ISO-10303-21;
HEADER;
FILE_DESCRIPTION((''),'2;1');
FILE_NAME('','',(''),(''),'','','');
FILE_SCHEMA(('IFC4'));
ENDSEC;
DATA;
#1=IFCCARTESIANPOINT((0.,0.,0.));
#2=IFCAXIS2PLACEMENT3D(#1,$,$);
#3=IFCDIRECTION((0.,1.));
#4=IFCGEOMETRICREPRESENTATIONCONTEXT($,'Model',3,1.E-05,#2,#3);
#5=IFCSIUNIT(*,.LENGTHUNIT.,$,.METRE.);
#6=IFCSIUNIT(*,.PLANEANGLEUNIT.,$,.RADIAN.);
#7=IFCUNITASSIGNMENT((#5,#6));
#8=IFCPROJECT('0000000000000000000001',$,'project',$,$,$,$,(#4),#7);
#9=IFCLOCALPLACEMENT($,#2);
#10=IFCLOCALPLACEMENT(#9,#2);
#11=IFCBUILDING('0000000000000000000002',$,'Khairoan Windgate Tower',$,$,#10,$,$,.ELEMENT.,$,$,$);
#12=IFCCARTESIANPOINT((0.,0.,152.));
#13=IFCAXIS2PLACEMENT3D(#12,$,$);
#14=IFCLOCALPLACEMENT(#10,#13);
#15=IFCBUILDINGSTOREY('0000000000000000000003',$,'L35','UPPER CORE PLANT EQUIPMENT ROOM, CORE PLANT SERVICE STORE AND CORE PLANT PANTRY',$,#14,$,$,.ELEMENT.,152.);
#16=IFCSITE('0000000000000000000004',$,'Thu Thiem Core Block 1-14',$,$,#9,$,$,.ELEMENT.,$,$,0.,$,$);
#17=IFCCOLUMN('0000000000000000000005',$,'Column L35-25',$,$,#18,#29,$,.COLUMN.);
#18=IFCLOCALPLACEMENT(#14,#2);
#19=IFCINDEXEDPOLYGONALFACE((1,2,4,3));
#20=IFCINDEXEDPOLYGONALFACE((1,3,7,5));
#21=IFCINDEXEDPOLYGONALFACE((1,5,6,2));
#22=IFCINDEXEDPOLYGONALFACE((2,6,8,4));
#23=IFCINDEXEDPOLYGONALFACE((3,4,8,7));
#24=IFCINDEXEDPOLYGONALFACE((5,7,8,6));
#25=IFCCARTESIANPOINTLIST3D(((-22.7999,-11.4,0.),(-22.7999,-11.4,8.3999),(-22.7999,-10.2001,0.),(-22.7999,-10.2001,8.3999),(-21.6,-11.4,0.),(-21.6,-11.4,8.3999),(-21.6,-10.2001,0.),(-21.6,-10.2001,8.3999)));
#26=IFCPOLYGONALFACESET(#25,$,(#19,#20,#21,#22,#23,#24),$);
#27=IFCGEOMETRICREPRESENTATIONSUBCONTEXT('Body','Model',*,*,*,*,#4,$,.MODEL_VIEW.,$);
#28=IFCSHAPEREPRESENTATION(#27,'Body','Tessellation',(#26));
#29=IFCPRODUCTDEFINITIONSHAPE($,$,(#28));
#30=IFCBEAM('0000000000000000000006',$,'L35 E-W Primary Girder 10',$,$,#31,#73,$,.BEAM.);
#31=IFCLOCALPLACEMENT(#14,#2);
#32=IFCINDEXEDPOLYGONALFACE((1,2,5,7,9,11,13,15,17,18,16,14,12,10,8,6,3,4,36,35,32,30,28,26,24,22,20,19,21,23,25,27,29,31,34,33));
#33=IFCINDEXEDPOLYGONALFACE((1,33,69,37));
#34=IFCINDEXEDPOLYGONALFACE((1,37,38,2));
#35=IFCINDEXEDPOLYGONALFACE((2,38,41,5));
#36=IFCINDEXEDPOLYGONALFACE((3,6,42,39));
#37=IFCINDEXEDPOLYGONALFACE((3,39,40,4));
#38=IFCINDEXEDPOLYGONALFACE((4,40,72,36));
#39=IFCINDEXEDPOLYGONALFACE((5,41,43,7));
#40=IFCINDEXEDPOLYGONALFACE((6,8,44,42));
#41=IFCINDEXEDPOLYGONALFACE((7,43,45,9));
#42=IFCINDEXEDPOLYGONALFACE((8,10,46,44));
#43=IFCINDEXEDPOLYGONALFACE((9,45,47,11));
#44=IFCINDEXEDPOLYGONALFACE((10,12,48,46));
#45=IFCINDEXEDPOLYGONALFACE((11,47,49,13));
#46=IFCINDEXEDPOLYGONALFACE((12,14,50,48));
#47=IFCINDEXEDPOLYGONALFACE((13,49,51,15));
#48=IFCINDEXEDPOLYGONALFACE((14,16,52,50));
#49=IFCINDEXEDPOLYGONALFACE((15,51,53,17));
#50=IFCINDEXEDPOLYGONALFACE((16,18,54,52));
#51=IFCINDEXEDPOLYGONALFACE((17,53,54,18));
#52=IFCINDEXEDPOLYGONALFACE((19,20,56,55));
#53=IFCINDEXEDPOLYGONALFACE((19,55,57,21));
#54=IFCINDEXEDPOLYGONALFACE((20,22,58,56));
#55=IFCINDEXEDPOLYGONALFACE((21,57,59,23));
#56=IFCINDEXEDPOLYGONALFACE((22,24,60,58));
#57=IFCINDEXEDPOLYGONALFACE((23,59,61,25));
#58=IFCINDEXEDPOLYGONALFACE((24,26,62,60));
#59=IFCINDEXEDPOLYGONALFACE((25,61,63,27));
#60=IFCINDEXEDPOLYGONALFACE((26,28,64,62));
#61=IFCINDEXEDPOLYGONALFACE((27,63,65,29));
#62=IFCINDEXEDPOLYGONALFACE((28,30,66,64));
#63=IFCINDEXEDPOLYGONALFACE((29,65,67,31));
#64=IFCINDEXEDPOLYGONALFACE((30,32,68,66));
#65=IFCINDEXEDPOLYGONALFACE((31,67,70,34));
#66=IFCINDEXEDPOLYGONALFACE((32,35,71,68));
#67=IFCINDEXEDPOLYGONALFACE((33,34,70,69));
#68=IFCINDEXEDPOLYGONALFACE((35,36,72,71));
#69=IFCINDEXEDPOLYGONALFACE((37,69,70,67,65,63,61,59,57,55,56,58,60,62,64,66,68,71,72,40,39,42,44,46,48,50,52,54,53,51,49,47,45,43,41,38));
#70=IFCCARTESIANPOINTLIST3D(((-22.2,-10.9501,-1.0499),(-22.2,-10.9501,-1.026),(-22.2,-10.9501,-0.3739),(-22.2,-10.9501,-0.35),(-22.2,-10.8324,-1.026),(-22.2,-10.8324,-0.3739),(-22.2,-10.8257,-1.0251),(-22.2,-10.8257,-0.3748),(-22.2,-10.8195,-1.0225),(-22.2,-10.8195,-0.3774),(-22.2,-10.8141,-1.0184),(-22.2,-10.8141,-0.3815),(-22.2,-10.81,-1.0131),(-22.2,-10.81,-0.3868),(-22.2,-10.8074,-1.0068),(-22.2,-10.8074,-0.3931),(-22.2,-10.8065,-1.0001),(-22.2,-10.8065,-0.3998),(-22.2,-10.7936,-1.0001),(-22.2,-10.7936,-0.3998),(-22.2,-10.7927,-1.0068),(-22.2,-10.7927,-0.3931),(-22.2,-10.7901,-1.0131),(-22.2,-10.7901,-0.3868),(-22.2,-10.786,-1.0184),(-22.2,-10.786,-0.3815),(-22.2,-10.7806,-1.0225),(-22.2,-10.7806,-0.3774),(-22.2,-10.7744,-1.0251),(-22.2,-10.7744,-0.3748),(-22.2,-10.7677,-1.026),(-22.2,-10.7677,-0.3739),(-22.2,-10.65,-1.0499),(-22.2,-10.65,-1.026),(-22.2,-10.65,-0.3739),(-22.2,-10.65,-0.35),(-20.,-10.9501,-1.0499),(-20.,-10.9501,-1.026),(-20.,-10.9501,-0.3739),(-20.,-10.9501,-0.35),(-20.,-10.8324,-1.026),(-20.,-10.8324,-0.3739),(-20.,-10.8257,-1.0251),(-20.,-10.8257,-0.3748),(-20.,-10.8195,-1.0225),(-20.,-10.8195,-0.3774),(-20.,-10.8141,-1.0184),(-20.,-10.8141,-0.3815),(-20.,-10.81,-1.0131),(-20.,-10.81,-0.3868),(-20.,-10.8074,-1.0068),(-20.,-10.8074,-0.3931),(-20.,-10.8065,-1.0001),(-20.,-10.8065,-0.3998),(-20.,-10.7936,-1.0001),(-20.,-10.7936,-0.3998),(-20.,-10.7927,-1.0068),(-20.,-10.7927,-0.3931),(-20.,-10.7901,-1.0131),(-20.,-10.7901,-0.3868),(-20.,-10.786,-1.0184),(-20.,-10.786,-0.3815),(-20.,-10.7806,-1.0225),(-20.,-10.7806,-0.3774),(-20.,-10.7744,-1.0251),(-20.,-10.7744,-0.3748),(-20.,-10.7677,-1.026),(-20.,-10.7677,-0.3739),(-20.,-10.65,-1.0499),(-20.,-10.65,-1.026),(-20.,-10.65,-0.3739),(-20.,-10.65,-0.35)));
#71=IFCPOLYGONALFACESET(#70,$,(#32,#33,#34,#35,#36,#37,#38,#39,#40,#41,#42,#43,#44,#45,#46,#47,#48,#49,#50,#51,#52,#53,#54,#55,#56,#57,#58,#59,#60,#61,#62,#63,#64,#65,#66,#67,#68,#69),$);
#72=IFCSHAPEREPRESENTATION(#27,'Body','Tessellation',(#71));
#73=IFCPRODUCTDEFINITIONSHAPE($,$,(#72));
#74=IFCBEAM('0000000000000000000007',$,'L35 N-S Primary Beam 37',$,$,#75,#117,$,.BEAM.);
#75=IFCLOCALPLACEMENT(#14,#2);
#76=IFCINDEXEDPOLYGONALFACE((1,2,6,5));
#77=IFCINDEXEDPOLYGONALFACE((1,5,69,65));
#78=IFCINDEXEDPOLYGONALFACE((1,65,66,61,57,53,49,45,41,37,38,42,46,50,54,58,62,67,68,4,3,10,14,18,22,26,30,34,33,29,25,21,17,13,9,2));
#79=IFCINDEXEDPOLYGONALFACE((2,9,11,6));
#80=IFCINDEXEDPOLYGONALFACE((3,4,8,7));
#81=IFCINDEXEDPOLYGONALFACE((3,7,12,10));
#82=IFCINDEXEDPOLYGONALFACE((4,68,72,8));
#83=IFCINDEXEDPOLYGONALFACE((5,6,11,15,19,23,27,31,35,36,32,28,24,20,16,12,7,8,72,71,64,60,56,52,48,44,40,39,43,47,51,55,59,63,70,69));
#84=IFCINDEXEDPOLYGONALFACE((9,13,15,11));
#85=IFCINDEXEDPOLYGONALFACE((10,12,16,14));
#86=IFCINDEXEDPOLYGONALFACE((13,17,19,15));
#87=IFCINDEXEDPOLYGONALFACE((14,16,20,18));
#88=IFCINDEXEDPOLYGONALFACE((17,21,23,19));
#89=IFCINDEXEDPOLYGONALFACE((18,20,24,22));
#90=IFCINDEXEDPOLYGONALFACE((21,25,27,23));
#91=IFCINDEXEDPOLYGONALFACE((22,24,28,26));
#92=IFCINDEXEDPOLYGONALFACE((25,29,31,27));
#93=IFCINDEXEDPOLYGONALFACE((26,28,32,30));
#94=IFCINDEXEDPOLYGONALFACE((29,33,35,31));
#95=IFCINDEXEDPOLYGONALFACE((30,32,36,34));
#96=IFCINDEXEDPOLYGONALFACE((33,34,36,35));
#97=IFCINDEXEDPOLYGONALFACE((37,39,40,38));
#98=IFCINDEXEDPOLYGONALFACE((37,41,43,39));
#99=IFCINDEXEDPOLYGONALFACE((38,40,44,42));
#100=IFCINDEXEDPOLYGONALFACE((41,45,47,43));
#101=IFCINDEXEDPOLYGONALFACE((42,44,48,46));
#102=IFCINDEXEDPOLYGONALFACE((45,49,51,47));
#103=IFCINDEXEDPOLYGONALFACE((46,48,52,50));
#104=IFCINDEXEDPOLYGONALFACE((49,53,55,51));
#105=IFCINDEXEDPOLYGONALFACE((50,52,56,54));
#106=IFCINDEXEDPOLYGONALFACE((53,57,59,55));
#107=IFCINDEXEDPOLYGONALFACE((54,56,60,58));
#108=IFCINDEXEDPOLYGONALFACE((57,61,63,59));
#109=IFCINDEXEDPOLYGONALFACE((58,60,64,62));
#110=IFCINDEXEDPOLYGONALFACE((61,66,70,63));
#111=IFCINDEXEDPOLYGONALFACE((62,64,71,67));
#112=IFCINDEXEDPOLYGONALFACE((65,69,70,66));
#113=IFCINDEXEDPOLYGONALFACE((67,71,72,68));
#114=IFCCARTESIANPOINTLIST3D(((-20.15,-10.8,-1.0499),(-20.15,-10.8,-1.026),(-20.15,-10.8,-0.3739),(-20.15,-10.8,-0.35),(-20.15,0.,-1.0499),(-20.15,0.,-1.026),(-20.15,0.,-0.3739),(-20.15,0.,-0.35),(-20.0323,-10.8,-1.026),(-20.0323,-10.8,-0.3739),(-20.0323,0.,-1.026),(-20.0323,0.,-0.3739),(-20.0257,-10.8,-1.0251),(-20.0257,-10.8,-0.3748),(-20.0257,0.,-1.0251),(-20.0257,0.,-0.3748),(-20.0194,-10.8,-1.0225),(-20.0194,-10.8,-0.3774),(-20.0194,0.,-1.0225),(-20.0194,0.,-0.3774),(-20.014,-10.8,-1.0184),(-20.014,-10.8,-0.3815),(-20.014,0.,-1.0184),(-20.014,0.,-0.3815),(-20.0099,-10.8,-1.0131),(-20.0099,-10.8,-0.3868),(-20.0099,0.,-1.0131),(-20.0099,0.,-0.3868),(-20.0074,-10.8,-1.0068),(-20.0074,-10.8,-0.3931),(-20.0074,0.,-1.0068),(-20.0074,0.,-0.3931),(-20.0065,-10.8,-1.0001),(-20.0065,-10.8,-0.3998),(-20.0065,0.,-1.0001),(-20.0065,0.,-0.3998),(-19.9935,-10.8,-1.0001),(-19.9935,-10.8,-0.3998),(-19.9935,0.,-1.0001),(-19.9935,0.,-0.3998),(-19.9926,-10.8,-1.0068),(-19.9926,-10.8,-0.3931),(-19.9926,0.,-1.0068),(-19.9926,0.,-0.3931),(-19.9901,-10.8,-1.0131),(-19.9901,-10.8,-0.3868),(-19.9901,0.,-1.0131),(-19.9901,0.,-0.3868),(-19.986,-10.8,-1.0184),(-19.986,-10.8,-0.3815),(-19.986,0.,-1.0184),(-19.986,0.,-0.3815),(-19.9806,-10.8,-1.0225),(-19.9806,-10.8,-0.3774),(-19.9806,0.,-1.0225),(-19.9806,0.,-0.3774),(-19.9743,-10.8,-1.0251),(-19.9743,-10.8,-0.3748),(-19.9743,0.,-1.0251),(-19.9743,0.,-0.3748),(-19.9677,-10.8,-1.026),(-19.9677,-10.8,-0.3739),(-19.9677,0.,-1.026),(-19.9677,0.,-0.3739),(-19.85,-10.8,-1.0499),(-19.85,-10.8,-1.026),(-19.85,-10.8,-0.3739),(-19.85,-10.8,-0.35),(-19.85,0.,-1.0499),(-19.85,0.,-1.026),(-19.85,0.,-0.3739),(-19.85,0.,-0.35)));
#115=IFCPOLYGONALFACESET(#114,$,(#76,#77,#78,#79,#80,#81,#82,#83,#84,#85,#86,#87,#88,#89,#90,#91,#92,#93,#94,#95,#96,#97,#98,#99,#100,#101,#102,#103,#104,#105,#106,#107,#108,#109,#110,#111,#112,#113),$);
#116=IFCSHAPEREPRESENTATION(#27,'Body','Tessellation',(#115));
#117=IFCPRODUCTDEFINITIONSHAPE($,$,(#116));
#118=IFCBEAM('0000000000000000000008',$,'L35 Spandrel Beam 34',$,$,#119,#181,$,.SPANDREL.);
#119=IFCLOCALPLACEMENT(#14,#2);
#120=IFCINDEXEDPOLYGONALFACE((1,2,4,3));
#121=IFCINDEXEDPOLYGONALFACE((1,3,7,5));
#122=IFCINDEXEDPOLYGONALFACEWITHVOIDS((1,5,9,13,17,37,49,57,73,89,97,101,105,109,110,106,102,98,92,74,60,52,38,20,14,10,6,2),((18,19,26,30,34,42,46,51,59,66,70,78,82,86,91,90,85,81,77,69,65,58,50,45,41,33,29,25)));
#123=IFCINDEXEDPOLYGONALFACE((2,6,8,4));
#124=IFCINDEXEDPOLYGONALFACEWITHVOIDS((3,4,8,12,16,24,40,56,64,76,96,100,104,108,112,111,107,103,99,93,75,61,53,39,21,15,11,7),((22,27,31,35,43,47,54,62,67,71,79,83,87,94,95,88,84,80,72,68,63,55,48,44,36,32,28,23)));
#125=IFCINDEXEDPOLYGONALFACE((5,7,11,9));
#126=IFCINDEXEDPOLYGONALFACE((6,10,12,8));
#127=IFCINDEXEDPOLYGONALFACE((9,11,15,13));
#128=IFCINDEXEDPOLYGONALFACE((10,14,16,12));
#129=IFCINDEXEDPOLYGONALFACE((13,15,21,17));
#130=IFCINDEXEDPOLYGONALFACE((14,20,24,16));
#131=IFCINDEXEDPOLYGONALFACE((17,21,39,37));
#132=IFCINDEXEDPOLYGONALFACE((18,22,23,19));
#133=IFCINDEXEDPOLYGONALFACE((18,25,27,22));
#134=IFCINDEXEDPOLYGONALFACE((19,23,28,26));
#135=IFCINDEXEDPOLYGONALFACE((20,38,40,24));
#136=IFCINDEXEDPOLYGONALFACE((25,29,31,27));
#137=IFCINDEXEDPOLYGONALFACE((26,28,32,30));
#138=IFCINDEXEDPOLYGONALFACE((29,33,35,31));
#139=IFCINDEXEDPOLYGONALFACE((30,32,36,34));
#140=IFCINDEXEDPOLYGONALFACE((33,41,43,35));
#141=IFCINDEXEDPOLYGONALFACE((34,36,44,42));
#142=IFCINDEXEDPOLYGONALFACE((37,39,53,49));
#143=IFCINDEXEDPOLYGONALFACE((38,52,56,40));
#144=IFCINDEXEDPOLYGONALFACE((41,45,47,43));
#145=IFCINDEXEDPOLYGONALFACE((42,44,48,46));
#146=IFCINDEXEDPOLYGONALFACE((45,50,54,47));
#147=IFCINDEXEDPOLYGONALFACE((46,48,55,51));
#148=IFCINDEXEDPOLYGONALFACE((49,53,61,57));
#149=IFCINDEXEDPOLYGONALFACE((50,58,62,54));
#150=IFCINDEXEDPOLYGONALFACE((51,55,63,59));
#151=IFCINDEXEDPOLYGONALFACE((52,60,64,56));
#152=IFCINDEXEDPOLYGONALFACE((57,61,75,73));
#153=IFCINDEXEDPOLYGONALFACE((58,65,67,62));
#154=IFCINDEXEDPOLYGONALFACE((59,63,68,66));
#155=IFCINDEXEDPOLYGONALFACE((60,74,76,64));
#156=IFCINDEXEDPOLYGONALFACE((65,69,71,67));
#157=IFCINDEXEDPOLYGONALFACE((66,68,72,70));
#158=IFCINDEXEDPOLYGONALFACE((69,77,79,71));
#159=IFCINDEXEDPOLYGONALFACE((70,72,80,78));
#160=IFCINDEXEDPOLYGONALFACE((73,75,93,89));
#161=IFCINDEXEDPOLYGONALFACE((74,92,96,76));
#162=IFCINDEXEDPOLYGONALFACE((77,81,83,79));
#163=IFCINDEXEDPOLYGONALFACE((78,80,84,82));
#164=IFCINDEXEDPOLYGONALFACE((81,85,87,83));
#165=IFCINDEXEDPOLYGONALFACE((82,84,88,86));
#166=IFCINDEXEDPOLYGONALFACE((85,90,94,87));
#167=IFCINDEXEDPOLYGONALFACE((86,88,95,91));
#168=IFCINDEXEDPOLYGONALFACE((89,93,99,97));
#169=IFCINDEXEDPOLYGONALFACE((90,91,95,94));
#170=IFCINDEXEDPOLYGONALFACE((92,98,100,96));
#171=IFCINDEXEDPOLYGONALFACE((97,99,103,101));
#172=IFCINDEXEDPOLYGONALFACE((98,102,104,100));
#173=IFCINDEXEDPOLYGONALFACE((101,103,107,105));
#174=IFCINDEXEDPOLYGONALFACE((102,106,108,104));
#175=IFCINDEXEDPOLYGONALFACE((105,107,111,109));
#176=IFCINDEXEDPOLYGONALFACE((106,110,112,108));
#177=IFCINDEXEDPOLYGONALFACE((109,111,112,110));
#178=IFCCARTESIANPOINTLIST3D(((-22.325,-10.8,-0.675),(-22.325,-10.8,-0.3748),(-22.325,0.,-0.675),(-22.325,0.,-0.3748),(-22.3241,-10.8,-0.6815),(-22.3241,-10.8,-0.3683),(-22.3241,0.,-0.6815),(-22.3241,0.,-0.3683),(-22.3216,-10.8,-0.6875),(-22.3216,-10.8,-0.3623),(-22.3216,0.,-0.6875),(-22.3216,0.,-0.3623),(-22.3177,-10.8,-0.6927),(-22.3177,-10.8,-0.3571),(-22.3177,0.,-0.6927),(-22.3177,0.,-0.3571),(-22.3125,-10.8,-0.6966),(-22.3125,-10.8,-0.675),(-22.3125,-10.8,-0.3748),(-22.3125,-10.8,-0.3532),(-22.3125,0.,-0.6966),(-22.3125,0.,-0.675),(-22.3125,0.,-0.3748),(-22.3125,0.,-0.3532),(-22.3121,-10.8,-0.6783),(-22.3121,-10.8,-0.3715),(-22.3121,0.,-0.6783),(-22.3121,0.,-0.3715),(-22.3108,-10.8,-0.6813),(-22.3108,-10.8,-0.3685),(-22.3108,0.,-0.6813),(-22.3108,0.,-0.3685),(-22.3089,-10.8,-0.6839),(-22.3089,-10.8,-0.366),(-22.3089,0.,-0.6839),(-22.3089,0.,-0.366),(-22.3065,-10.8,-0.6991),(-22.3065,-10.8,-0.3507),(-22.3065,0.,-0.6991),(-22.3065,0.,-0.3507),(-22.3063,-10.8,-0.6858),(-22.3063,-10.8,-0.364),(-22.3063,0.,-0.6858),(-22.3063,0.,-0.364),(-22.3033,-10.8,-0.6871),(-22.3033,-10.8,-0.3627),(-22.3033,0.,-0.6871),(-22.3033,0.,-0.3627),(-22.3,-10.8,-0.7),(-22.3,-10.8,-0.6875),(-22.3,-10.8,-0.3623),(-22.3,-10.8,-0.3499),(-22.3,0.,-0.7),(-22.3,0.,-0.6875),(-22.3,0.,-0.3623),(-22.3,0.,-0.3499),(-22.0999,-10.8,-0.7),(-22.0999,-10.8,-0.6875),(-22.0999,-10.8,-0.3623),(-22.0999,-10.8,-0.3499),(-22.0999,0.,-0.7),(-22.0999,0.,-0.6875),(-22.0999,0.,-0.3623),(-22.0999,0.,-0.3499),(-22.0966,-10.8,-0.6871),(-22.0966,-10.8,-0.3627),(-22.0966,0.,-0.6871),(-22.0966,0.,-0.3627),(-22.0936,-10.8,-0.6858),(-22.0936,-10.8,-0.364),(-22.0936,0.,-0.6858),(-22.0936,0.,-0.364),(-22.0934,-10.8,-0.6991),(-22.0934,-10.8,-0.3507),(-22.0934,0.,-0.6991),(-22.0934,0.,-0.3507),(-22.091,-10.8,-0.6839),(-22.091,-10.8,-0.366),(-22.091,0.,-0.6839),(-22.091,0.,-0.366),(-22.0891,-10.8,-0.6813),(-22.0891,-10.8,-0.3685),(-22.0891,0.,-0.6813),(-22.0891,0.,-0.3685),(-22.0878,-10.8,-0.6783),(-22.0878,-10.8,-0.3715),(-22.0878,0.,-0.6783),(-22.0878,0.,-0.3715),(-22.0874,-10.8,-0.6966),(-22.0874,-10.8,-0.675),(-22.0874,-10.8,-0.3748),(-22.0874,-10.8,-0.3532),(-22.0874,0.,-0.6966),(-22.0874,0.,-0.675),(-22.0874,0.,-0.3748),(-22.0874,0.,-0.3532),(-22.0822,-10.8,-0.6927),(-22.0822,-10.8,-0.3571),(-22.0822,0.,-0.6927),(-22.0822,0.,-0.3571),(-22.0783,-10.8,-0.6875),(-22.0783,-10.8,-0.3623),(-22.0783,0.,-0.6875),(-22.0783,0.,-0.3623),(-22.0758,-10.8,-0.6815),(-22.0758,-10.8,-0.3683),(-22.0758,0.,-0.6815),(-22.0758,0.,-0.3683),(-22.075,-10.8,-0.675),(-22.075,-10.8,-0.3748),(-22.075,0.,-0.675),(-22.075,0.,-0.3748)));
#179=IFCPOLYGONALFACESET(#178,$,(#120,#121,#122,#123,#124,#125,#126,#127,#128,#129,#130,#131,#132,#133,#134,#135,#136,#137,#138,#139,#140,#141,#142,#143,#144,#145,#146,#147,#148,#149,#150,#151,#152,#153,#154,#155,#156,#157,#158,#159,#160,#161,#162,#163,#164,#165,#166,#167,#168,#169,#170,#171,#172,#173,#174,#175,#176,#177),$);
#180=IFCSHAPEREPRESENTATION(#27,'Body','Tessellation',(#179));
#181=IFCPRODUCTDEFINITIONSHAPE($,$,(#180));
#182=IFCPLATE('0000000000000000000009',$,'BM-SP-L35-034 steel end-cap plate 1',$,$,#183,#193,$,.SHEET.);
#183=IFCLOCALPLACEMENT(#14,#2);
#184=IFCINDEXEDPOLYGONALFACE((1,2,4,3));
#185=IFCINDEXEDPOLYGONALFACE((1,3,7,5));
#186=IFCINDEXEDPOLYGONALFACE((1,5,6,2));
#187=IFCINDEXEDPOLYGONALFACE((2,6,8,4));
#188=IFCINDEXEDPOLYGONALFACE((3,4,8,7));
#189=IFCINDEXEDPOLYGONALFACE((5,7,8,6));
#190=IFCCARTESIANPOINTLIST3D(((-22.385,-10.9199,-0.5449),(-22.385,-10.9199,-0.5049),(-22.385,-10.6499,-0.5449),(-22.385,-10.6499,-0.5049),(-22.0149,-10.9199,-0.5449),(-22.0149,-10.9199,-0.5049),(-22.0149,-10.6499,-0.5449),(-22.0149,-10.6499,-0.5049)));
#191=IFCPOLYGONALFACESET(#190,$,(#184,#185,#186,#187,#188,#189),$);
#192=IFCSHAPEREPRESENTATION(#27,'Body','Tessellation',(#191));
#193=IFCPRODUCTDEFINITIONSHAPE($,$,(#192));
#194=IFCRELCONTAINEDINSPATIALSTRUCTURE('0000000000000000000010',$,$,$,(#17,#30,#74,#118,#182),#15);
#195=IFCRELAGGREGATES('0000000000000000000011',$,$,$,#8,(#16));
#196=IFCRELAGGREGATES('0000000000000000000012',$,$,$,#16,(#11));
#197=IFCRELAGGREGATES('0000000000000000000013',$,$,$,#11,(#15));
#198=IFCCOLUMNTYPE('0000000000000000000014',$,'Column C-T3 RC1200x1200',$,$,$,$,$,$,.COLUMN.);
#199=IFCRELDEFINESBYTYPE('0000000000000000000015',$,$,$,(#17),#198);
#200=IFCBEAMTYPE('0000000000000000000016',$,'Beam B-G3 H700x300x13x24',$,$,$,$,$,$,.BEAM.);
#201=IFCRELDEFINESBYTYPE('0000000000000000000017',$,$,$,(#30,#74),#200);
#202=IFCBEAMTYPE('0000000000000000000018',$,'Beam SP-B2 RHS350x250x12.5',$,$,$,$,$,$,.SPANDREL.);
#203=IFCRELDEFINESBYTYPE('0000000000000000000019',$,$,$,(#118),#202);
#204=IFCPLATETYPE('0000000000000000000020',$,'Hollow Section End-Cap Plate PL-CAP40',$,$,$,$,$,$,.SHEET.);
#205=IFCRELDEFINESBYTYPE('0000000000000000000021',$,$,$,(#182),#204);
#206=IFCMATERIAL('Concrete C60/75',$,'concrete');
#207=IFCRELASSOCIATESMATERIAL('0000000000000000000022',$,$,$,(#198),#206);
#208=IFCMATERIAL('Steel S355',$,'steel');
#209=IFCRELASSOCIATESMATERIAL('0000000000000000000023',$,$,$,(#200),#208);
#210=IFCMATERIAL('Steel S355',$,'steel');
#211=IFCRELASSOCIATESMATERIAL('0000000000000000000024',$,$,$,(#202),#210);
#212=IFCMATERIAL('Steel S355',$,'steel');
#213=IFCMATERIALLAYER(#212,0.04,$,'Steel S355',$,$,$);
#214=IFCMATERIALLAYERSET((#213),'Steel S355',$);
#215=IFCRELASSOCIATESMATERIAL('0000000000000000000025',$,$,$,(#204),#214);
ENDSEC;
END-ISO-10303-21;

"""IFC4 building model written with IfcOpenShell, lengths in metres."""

from ifc_helpers import new_model, si_unit, direction, frame, origin, origin_2d, place, context, subcontext, project, spatial, rectangle, hollow_rectangle, i_section, extrude, material, layer, layer_set, material_profile, profile_set, type_object, element, save


model = new_model("IFC4")

# Units and contexts
model_context = context("Model", 3, precision=1e-05, world=origin(), true_north=direction((0.0, 1.0)))
body_context = subcontext(model_context, "Body", "Model", "MODEL_VIEW")
ifc_project = project(units=[si_unit("LENGTHUNIT", "METRE"), si_unit("PLANEANGLEUNIT", "RADIAN")], contexts=[model_context])

# Site, building, storey
site_placement = place(None, origin())
site = spatial("IfcSite", under=ifc_project, at=site_placement, Name="Thu Thiem Core Block 1-14", CompositionType="ELEMENT", RefElevation=0.0)
building_placement = place(site_placement, origin())
building = spatial("IfcBuilding", under=site, at=building_placement, Name="Khairoan Windgate Tower", CompositionType="ELEMENT")
storey_placement = place(building_placement, frame((0.0, 0.0, 152.0)))
storey = spatial("IfcBuildingStorey", under=building, at=storey_placement, Name="L35", Description="UPPER CORE PLANT EQUIPMENT ROOM, CORE PLANT SERVICE STORE AND CORE PLANT PANTRY", CompositionType="ELEMENT", Elevation=152.0)

# Column
ifc_material_1 = material(Name="Concrete C60/75", Category="concrete")
ifc_material_profile_1 = material_profile(ifc_material_1, rectangle(XDim=1.2, YDim=1.2, at=origin_2d()))
ifc_profile_set_1 = profile_set([ifc_material_profile_1], Name="Concrete C60/75")
column_type = type_object("IfcColumnType", Name="Column C-T3 RC1200x1200", PredefinedType="COLUMN", material=ifc_profile_set_1)
column_placement = place(storey_placement, frame((-22.2, -10.8, 0.0), z_axis=(0.0, 0.0, 1.0), x_axis=(1.0, 0.0, 0.0)))
element("IfcColumn", 1, at=column_placement, inside=storey, type_object=column_type, Name="Column L35-25", PredefinedType="COLUMN", context=body_context, shape_type="SweptSolid", body=[
    extrude(rectangle(XDim=1.2, YDim=1.2, at=origin_2d()), origin(), (0.0, 0.0, 1.0), 8.3999),
])

# Beams
ifc_material_2 = material(Name="Steel S355", Category="steel")
ifc_material_profile_2 = material_profile(ifc_material_2, i_section(OverallWidth=0.3, OverallDepth=0.7, WebThickness=0.0129, FlangeThickness=0.0239, FilletRadius=0.0259, at=origin_2d()))
ifc_profile_set_2 = profile_set([ifc_material_profile_2], Name="Steel S355")
beam_type_1 = type_object("IfcBeamType", Name="Beam B-G3 H700x300x13x24", PredefinedType="BEAM", material=ifc_profile_set_2)
beam_1_placement = place(storey_placement, frame((-22.2, -10.8, -0.7), z_axis=(1.0, 0.0, 0.0), x_axis=(0.0, 1.0, 0.0)))
element("IfcBeam", 2, at=beam_1_placement, inside=storey, type_object=beam_type_1, Name="L35 E-W Primary Girder 10", PredefinedType="BEAM", context=body_context, shape_type="SweptSolid", body=[
    extrude(i_section(OverallWidth=0.3, OverallDepth=0.7, WebThickness=0.0129, FlangeThickness=0.0239, FilletRadius=0.0259, at=origin_2d()), origin(), (0.0, 0.0, 1.0), 2.2),
])
beam_2_placement = place(storey_placement, frame((-20.0, -10.8, -0.7), z_axis=(0.0, 1.0, 0.0), x_axis=(-1.0, 0.0, 0.0)))
element("IfcBeam", 3, at=beam_2_placement, inside=storey, type_object=beam_type_1, Name="L35 N-S Primary Beam 37", PredefinedType="BEAM", context=body_context, shape_type="SweptSolid", body=[
    extrude(i_section(OverallWidth=0.3, OverallDepth=0.7, WebThickness=0.0129, FlangeThickness=0.0239, FilletRadius=0.0259, at=origin_2d()), origin(), (0.0, 0.0, 1.0), 10.8),
])
ifc_material_3 = material(Name="Steel S355", Category="steel")
ifc_material_profile_3 = material_profile(ifc_material_3, hollow_rectangle(XDim=0.25, YDim=0.3501, WallThickness=0.0125, InnerFilletRadius=0.0125, OuterFilletRadius=0.0249, at=origin_2d()))
ifc_profile_set_3 = profile_set([ifc_material_profile_3], Name="Steel S355")
beam_type_2 = type_object("IfcBeamType", Name="Beam SP-B2 RHS350x250x12.5", PredefinedType="SPANDREL", material=ifc_profile_set_3)
beam_3_placement = place(storey_placement, frame((-22.2, -10.8, -0.5249), z_axis=(0.0, 1.0, 0.0), x_axis=(-1.0, 0.0, 0.0)))
element("IfcBeam", 4, at=beam_3_placement, inside=storey, type_object=beam_type_2, Name="L35 Spandrel Beam 34", PredefinedType="SPANDREL", context=body_context, shape_type="SweptSolid", body=[
    extrude(hollow_rectangle(XDim=0.25, YDim=0.3501, WallThickness=0.0125, InnerFilletRadius=0.0125, OuterFilletRadius=0.0249, at=origin_2d()), origin(), (0.0, 0.0, 1.0), 10.8),
])

# Plate
ifc_material_4 = material(Name="Steel S355", Category="steel")
ifc_layer_1 = layer(ifc_material_4, 0.04, Name="Steel S355")
ifc_layer_set_1 = layer_set([ifc_layer_1], Name="Steel S355")
plate_type = type_object("IfcPlateType", Name="Hollow Section End-Cap Plate PL-CAP40", PredefinedType="SHEET", material=ifc_layer_set_1)
plate_placement = place(storey_placement, frame((-22.2, -10.7849, -0.5449), z_axis=(0.0, 0.0, 1.0), x_axis=(0.0, 1.0, 0.0)))
element("IfcPlate", 5, at=plate_placement, inside=storey, type_object=plate_type, Name="BM-SP-L35-034 steel end-cap plate 1", PredefinedType="SHEET", context=body_context, shape_type="SweptSolid", body=[
    extrude(rectangle(XDim=0.27, YDim=0.3701, at=origin_2d()), origin(), (0.0, 0.0, 1.0), 0.04),
])

save(model, "model.ifc")
